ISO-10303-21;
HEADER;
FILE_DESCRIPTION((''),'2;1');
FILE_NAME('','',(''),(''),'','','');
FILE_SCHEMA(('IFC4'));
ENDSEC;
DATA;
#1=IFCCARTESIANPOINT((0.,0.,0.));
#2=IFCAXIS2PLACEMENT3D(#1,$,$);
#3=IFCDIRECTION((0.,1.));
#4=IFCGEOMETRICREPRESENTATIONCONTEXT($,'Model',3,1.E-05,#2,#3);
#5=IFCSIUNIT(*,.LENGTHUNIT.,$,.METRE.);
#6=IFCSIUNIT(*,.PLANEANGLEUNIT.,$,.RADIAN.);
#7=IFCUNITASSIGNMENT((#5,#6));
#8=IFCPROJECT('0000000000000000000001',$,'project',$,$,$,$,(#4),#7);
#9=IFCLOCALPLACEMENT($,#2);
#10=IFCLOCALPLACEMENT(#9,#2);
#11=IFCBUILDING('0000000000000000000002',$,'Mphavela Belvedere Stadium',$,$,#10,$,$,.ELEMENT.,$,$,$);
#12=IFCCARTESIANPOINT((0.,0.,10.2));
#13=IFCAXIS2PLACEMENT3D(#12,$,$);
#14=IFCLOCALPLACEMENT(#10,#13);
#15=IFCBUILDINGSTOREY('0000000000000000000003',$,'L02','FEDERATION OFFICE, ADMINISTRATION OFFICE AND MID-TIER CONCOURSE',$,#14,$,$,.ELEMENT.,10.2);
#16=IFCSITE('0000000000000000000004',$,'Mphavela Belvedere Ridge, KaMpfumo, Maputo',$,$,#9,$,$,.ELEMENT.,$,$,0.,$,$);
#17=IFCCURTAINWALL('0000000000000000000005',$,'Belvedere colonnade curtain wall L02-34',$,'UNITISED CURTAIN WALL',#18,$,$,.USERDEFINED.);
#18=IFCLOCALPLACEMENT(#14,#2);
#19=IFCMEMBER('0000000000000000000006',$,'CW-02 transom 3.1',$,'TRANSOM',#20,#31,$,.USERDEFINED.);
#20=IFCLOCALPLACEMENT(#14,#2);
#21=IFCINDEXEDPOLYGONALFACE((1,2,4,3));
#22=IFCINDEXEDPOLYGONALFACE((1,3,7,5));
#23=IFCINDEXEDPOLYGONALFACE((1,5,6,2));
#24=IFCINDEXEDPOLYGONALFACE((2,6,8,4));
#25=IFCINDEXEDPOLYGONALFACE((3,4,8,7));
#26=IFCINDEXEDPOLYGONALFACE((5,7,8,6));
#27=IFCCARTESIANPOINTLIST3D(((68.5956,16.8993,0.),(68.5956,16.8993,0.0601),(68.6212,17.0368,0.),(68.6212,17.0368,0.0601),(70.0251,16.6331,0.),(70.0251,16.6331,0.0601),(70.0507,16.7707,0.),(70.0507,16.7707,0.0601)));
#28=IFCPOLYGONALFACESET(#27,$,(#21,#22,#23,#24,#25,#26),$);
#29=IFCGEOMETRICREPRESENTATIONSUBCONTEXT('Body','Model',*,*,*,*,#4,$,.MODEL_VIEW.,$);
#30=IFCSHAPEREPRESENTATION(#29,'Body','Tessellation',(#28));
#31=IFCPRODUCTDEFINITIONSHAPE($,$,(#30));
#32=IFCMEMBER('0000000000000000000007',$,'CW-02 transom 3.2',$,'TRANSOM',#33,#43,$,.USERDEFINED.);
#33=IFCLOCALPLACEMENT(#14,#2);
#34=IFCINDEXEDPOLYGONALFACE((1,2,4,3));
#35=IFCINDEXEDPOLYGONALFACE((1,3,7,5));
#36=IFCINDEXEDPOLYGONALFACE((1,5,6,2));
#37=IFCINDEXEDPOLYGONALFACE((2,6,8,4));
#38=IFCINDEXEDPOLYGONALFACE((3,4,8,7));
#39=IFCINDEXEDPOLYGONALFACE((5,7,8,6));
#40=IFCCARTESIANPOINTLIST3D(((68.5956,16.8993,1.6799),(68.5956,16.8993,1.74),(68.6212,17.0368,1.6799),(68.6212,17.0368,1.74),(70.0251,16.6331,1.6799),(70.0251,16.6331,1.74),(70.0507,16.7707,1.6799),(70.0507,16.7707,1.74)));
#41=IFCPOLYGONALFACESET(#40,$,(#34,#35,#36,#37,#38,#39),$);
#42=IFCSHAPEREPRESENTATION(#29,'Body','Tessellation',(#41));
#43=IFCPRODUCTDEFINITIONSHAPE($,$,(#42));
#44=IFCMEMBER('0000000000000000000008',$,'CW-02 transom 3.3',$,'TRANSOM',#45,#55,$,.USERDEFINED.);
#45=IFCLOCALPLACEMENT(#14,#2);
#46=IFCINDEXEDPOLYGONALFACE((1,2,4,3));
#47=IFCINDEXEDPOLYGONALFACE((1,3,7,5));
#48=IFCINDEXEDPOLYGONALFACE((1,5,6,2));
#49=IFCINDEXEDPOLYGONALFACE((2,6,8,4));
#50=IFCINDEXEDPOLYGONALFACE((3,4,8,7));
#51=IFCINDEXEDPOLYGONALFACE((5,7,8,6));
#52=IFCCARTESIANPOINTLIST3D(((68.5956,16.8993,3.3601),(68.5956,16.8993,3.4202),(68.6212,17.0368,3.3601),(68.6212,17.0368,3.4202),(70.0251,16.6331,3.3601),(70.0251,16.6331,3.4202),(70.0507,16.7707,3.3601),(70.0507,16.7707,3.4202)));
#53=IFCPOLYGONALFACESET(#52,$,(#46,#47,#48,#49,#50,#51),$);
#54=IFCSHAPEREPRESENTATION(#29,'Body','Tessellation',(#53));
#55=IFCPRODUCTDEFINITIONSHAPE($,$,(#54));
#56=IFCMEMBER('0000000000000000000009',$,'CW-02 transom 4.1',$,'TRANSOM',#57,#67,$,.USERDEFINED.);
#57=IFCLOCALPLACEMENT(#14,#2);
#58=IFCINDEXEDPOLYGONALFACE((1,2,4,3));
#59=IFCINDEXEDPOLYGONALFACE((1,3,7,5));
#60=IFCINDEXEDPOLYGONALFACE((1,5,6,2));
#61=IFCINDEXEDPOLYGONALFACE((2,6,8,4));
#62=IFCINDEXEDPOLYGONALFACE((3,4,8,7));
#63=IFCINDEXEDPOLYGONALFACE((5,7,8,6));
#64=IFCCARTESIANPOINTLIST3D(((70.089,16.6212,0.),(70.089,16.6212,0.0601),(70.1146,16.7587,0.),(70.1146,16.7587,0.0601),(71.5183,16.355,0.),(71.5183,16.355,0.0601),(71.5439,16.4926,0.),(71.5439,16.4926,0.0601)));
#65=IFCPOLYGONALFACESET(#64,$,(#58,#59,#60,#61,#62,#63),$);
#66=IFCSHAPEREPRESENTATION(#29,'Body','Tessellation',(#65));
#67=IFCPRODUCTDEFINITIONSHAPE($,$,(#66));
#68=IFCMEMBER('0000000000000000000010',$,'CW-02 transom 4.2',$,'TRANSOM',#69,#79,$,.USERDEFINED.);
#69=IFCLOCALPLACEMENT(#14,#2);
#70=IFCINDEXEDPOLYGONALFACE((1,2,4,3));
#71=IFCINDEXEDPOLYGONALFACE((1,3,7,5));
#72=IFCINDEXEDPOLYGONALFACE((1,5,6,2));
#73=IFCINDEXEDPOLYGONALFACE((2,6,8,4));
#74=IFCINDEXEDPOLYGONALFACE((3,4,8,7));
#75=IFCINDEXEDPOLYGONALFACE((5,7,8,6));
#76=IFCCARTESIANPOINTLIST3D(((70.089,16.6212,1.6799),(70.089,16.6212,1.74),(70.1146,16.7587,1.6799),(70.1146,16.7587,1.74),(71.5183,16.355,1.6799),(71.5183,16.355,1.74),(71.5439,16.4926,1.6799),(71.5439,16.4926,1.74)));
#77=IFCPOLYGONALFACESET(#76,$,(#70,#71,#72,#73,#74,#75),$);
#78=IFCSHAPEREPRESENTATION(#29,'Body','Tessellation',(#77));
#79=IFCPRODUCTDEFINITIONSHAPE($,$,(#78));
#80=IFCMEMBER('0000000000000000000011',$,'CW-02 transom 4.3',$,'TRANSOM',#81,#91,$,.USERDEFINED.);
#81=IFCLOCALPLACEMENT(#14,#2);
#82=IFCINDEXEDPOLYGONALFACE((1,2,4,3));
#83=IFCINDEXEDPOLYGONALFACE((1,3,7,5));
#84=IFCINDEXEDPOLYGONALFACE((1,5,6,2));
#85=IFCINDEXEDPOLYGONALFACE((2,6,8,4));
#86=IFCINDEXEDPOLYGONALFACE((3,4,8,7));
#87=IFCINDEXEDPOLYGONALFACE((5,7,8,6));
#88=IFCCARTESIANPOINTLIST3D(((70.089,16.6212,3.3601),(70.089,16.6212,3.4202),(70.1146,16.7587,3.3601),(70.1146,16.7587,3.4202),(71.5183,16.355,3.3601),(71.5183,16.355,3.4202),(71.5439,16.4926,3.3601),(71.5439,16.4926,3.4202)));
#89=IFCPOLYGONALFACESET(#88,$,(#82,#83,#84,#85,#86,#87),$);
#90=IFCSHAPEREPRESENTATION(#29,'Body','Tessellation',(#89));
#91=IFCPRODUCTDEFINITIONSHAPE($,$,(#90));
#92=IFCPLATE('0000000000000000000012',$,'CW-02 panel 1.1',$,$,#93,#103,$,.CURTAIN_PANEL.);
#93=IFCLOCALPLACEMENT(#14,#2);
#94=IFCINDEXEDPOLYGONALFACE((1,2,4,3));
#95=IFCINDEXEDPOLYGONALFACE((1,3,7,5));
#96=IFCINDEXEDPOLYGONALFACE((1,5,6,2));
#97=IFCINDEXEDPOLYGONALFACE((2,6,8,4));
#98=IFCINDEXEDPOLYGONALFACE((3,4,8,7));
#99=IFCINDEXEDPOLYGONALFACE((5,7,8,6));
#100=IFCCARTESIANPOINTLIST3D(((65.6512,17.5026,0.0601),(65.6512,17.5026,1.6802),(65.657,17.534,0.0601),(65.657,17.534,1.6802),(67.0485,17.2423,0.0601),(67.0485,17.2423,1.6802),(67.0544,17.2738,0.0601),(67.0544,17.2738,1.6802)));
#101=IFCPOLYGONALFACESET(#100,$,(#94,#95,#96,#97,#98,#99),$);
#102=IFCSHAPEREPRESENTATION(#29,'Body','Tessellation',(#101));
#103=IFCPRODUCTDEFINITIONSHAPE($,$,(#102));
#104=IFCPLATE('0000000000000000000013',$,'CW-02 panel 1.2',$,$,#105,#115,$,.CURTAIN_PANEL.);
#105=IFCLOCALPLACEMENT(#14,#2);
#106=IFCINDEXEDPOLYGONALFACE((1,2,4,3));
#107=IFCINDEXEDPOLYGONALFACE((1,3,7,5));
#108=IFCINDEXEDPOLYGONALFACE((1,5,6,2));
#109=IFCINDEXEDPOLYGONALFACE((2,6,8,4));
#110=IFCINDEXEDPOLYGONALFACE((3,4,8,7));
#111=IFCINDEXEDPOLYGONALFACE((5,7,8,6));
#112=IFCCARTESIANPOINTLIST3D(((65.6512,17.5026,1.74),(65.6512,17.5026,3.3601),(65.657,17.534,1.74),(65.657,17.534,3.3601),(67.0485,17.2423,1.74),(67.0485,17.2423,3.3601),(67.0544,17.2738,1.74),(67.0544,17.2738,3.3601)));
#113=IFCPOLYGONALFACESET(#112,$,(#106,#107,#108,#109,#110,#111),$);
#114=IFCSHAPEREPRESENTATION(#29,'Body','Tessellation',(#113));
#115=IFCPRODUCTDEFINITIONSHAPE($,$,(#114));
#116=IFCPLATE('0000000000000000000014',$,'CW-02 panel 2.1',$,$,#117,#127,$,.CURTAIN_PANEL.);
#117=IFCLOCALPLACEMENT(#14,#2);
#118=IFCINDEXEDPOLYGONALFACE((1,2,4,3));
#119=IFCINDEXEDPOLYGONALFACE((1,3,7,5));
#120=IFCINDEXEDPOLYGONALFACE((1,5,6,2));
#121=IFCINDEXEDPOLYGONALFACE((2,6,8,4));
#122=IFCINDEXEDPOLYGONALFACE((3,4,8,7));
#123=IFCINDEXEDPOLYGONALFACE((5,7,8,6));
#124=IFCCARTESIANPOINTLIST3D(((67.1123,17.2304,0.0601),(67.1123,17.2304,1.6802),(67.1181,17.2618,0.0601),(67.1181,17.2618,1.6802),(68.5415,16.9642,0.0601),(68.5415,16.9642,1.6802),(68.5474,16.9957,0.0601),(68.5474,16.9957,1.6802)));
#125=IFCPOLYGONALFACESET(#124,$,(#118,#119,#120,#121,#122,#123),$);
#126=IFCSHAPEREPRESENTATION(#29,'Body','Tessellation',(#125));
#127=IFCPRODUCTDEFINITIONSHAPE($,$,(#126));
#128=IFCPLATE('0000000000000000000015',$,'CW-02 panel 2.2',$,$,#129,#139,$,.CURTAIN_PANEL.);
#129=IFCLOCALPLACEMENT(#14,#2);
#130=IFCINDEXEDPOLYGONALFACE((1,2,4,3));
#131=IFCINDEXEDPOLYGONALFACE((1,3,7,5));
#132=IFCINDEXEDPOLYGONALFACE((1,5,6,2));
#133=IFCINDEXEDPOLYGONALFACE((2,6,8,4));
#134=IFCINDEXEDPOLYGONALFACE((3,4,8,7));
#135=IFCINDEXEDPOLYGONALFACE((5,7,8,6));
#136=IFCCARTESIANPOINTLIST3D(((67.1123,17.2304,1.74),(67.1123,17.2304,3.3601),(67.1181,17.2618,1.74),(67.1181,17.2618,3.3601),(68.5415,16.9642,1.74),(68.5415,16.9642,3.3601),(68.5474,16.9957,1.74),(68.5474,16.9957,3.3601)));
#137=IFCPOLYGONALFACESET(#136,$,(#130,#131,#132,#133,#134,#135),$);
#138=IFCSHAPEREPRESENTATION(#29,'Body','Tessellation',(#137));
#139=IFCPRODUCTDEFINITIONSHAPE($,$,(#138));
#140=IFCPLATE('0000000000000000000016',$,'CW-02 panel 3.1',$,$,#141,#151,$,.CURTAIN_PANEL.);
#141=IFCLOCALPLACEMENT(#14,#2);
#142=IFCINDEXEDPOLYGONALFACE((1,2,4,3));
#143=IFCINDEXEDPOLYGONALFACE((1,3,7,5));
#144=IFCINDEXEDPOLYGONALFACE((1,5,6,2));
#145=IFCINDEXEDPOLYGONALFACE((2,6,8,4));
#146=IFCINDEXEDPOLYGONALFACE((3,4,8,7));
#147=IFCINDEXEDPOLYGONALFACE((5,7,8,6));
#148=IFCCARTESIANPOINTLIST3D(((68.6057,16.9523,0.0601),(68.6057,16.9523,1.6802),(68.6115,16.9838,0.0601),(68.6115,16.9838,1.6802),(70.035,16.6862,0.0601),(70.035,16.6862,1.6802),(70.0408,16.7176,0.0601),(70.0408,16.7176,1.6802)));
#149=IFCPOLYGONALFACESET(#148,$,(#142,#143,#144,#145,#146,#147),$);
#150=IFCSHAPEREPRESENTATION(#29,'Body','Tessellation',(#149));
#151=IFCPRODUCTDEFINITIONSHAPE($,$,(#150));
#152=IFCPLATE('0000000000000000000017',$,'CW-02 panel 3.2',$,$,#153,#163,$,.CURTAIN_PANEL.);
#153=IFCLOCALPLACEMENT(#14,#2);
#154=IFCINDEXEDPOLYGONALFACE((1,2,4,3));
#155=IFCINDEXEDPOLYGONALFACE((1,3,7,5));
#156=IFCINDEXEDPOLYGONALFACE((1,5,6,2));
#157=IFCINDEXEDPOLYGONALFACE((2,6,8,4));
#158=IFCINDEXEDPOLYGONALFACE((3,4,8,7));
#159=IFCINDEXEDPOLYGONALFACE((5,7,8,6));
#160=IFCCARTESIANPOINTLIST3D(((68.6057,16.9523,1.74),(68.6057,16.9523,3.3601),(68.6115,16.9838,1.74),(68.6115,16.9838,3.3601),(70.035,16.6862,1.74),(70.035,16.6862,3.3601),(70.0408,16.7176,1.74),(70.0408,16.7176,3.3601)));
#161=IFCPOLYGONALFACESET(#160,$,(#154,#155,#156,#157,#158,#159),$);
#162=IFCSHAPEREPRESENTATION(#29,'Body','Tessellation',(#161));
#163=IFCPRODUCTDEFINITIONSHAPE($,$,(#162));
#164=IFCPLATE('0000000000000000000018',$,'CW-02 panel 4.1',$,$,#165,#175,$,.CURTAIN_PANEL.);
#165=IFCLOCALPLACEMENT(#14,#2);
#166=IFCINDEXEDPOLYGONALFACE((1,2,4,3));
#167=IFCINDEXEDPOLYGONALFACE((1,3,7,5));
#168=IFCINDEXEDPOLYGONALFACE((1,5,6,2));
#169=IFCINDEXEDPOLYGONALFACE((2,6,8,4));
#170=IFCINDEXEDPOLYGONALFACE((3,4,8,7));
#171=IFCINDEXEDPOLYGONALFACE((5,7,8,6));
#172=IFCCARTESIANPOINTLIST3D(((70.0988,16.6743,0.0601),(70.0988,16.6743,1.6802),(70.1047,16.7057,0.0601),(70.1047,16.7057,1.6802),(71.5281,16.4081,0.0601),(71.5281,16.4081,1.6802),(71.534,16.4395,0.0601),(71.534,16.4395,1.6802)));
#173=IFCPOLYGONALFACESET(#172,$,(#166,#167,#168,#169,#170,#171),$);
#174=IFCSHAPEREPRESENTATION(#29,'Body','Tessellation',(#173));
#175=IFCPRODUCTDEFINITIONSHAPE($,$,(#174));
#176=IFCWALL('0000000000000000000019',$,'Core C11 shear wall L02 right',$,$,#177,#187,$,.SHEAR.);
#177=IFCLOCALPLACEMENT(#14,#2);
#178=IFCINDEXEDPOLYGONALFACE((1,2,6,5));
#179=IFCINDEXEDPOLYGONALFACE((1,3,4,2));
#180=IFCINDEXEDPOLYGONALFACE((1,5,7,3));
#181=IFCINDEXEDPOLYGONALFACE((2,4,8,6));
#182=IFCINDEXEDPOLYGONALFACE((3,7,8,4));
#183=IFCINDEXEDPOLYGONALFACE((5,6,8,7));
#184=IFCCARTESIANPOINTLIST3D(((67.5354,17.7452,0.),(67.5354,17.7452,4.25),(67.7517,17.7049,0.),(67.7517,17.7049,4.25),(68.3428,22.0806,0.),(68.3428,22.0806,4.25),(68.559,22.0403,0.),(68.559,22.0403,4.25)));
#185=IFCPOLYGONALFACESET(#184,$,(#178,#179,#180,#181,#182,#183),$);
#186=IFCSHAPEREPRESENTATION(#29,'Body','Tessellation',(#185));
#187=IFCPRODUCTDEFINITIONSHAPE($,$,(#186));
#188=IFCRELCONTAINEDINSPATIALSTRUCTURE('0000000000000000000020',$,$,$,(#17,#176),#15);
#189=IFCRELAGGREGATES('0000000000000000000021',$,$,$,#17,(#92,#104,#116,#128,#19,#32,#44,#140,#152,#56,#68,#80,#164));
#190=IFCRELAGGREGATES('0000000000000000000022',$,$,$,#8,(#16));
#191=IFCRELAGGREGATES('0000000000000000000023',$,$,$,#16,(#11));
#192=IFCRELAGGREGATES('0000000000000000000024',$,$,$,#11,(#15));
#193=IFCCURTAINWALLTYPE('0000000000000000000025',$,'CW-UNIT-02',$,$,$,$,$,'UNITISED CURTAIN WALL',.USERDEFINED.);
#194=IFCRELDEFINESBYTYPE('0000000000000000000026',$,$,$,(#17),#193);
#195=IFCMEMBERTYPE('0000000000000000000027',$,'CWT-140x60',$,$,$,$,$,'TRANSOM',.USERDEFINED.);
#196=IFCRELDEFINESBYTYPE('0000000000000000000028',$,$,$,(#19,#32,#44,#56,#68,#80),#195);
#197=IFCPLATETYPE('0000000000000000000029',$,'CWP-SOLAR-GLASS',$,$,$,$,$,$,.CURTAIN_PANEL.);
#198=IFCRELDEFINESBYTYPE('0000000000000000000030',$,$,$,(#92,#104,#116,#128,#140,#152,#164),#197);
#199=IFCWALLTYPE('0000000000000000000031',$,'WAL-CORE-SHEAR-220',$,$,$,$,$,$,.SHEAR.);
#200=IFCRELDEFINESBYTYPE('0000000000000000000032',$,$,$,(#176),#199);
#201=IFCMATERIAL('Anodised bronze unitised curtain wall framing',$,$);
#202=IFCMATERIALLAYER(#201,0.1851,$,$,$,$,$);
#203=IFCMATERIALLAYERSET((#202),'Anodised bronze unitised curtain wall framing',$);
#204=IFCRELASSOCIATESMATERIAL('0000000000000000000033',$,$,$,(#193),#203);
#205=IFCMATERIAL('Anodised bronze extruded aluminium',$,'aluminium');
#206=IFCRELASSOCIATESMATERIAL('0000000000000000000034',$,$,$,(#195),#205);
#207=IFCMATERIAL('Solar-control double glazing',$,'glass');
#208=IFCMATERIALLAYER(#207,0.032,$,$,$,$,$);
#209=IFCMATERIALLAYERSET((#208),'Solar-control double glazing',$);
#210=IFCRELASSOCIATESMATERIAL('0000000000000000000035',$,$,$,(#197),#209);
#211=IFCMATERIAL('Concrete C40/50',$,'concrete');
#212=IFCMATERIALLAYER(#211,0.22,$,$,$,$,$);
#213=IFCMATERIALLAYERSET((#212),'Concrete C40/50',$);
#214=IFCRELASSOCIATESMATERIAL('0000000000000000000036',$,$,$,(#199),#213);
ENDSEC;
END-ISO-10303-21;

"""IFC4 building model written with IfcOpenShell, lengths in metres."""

from ifc_helpers import new_model, si_unit, direction, frame, frame_2d, origin, origin_2d, place, context, subcontext, project, spatial, rectangle, extrude, material, layer, layer_set, material_profile, profile_set, type_object, element, aggregate, save


model = new_model("IFC4")

# Units and contexts
model_context = context("Model", 3, precision=1e-05, world=origin(), true_north=direction((0.0, 1.0)))
body_context = subcontext(model_context, "Body", "Model", "MODEL_VIEW")
ifc_project = project(units=[si_unit("LENGTHUNIT", "METRE"), si_unit("PLANEANGLEUNIT", "RADIAN")], contexts=[model_context])

# Site, building, storey
site_placement = place(None, origin())
site = spatial("IfcSite", under=ifc_project, at=site_placement, Name="Mphavela Belvedere Ridge, KaMpfumo, Maputo", CompositionType="ELEMENT", RefElevation=0.0)
building_placement = place(site_placement, origin())
building = spatial("IfcBuilding", under=site, at=building_placement, Name="Mphavela Belvedere Stadium", CompositionType="ELEMENT")
storey_placement = place(building_placement, frame((0.0, 0.0, 10.2)))
storey = spatial("IfcBuildingStorey", under=building, at=storey_placement, Name="L02", Description="FEDERATION OFFICE, ADMINISTRATION OFFICE AND MID-TIER CONCOURSE", CompositionType="ELEMENT", Elevation=10.2)

# Curtain wall, members, plates
ifc_material_1 = material(Name="Anodised bronze unitised curtain wall framing")
ifc_layer_1 = layer(ifc_material_1, 0.1851)
ifc_layer_set_1 = layer_set([ifc_layer_1], Name="Anodised bronze unitised curtain wall framing")
curtain_wall_type = type_object("IfcCurtainWallType", Name="CW-UNIT-02", ElementType="UNITISED CURTAIN WALL", PredefinedType="USERDEFINED", material=ifc_layer_set_1)
curtain_wall_placement = place(storey_placement, origin())
curtain_wall = element("IfcCurtainWall", 1, at=curtain_wall_placement, inside=storey, type_object=curtain_wall_type, Name="Belvedere colonnade curtain wall L02-34", ObjectType="UNITISED CURTAIN WALL", PredefinedType="USERDEFINED")
ifc_material_2 = material(Name="Anodised bronze extruded aluminium", Category="aluminium")
ifc_material_profile_1 = material_profile(ifc_material_2, rectangle(XDim=0.1399, YDim=0.0601, at=origin_2d()), Name="CW-TRN 140x60")
ifc_profile_set_1 = profile_set([ifc_material_profile_1], Name="Anodised bronze extruded aluminium")
member_type_1 = type_object("IfcMemberType", Name="CWT-140x60", ElementType="TRANSOM", PredefinedType="USERDEFINED", material=ifc_profile_set_1)
member_1_placement = place(storey_placement, frame((68.6084, 16.968, 0.03), z_axis=(0.983109, -0.183021, 0.0), x_axis=(0.183021, 0.983109, 0.0)))
member_1 = element("IfcMember", 2, at=member_1_placement, type_object=member_type_1, Name="CW-02 transom 3.1", ObjectType="TRANSOM", PredefinedType="USERDEFINED", context=body_context, shape_type="SweptSolid", body=[
    extrude(rectangle(XDim=0.1399, YDim=0.0601, at=origin_2d()), origin(), (0.0, 0.0, 1.0), 1.4541),
])
member_2_placement = place(storey_placement, frame((68.6084, 16.968, 1.71), z_axis=(0.983109, -0.183021, 0.0), x_axis=(0.183021, 0.983109, 0.0)))
member_2 = element("IfcMember", 3, at=member_2_placement, type_object=member_type_1, Name="CW-02 transom 3.2", ObjectType="TRANSOM", PredefinedType="USERDEFINED", context=body_context, shape_type="SweptSolid", body=[
    extrude(rectangle(XDim=0.1399, YDim=0.0601, at=origin_2d()), origin(), (0.0, 0.0, 1.0), 1.4541),
])
member_3_placement = place(storey_placement, frame((68.6084, 16.968, 3.3901), z_axis=(0.983109, -0.183021, 0.0), x_axis=(0.183021, 0.983109, 0.0)))
member_3 = element("IfcMember", 4, at=member_3_placement, type_object=member_type_1, Name="CW-02 transom 3.3", ObjectType="TRANSOM", PredefinedType="USERDEFINED", context=body_context, shape_type="SweptSolid", body=[
    extrude(rectangle(XDim=0.1399, YDim=0.0601, at=origin_2d()), origin(), (0.0, 0.0, 1.0), 1.4541),
])
member_4_placement = place(storey_placement, frame((70.1018, 16.6899, 0.03), z_axis=(0.983103, -0.183051, 0.0), x_axis=(0.183051, 0.983103, 0.0)))
member_4 = element("IfcMember", 5, at=member_4_placement, type_object=member_type_1, Name="CW-02 transom 4.1", ObjectType="TRANSOM", PredefinedType="USERDEFINED", context=body_context, shape_type="SweptSolid", body=[
    extrude(rectangle(XDim=0.1399, YDim=0.0601, at=origin_2d()), origin(), (0.0, 0.0, 1.0), 1.4539),
])
member_5_placement = place(storey_placement, frame((70.1018, 16.6899, 1.71), z_axis=(0.983103, -0.183051, 0.0), x_axis=(0.183051, 0.983103, 0.0)))
member_5 = element("IfcMember", 6, at=member_5_placement, type_object=member_type_1, Name="CW-02 transom 4.2", ObjectType="TRANSOM", PredefinedType="USERDEFINED", context=body_context, shape_type="SweptSolid", body=[
    extrude(rectangle(XDim=0.1399, YDim=0.0601, at=origin_2d()), origin(), (0.0, 0.0, 1.0), 1.4539),
])
member_6_placement = place(storey_placement, frame((70.1018, 16.6899, 3.3901), z_axis=(0.983103, -0.183051, 0.0), x_axis=(0.183051, 0.983103, 0.0)))
member_6 = element("IfcMember", 7, at=member_6_placement, type_object=member_type_1, Name="CW-02 transom 4.3", ObjectType="TRANSOM", PredefinedType="USERDEFINED", context=body_context, shape_type="SweptSolid", body=[
    extrude(rectangle(XDim=0.1399, YDim=0.0601, at=origin_2d()), origin(), (0.0, 0.0, 1.0), 1.4539),
])
ifc_material_3 = material(Name="Solar-control double glazing", Category="glass")
ifc_layer_2 = layer(ifc_material_3, 0.032)
ifc_layer_set_2 = layer_set([ifc_layer_2], Name="Solar-control double glazing")
plate_type = type_object("IfcPlateType", Name="CWP-SOLAR-GLASS", PredefinedType="CURTAIN_PANEL", material=ifc_layer_set_2)
plate_1_placement = place(storey_placement, frame((66.3528, 17.3882, 0.0601), z_axis=(0.0, 0.0, 1.0), x_axis=(0.983097, -0.183085, 0.0)))
plate_1 = element("IfcPlate", 8, at=plate_1_placement, type_object=plate_type, Name="CW-02 panel 1.1", PredefinedType="CURTAIN_PANEL", context=body_context, shape_type="SweptSolid", body=[
    extrude(rectangle(XDim=1.4214, YDim=0.032, at=origin_2d()), origin(), (0.0, 0.0, 1.0), 1.6201),
])
plate_2_placement = place(storey_placement, frame((66.3528, 17.3882, 1.74), z_axis=(0.0, 0.0, 1.0), x_axis=(0.983097, -0.183085, 0.0)))
plate_2 = element("IfcPlate", 9, at=plate_2_placement, type_object=plate_type, Name="CW-02 panel 1.2", PredefinedType="CURTAIN_PANEL", context=body_context, shape_type="SweptSolid", body=[
    extrude(rectangle(XDim=1.4214, YDim=0.032, at=origin_2d()), origin(), (0.0, 0.0, 1.0), 1.6201),
])
plate_3_placement = place(storey_placement, frame((67.8298, 17.113, 0.0601), z_axis=(0.0, 0.0, 1.0), x_axis=(0.983097, -0.183085, 0.0)))
plate_3 = element("IfcPlate", 10, at=plate_3_placement, type_object=plate_type, Name="CW-02 panel 2.1", PredefinedType="CURTAIN_PANEL", context=body_context, shape_type="SweptSolid", body=[
    extrude(rectangle(XDim=1.4539, YDim=0.032, at=origin_2d()), origin(), (0.0, 0.0, 1.0), 1.6201),
])
plate_4_placement = place(storey_placement, frame((67.8298, 17.113, 1.74), z_axis=(0.0, 0.0, 1.0), x_axis=(0.983097, -0.183085, 0.0)))
plate_4 = element("IfcPlate", 11, at=plate_4_placement, type_object=plate_type, Name="CW-02 panel 2.2", PredefinedType="CURTAIN_PANEL", context=body_context, shape_type="SweptSolid", body=[
    extrude(rectangle(XDim=1.4539, YDim=0.032, at=origin_2d()), origin(), (0.0, 0.0, 1.0), 1.6201),
])
plate_5_placement = place(storey_placement, frame((69.3232, 16.835, 0.0601), z_axis=(0.0, 0.0, 1.0), x_axis=(0.983097, -0.183085, 0.0)))
plate_5 = element("IfcPlate", 12, at=plate_5_placement, type_object=plate_type, Name="CW-02 panel 3.1", PredefinedType="CURTAIN_PANEL", context=body_context, shape_type="SweptSolid", body=[
    extrude(rectangle(XDim=1.4539, YDim=0.032, at=origin_2d()), origin(), (0.0, 0.0, 1.0), 1.6201),
])
plate_6_placement = place(storey_placement, frame((69.3232, 16.835, 1.74), z_axis=(0.0, 0.0, 1.0), x_axis=(0.983097, -0.183085, 0.0)))
plate_6 = element("IfcPlate", 13, at=plate_6_placement, type_object=plate_type, Name="CW-02 panel 3.2", PredefinedType="CURTAIN_PANEL", context=body_context, shape_type="SweptSolid", body=[
    extrude(rectangle(XDim=1.4539, YDim=0.032, at=origin_2d()), origin(), (0.0, 0.0, 1.0), 1.6201),
])
plate_7_placement = place(storey_placement, frame((70.8164, 16.5569, 0.0601), z_axis=(0.0, 0.0, 1.0), x_axis=(0.983097, -0.183085, 0.0)))
plate_7 = element("IfcPlate", 14, at=plate_7_placement, type_object=plate_type, Name="CW-02 panel 4.1", PredefinedType="CURTAIN_PANEL", context=body_context, shape_type="SweptSolid", body=[
    extrude(rectangle(XDim=1.4539, YDim=0.032, at=origin_2d()), origin(), (0.0, 0.0, 1.0), 1.6201),
])
aggregate(curtain_wall, [plate_1, plate_2, plate_3, plate_4, member_1, member_2, member_3, plate_5, plate_6, member_4, member_5, member_6, plate_7])

# Wall
ifc_material_4 = material(Name="Concrete C40/50", Category="concrete")
ifc_layer_3 = layer(ifc_material_4, 0.22)
ifc_layer_set_3 = layer_set([ifc_layer_3], Name="Concrete C40/50")
wall_type_1 = type_object("IfcWallType", Name="WAL-CORE-SHEAR-220", PredefinedType="SHEAR", material=ifc_layer_set_3)
wall_1_placement = place(storey_placement, frame((68.4509, 22.0605, 0.0), z_axis=(0.0, 0.0, 1.0), x_axis=(-0.183078, -0.983098, 0.0)))
element("IfcWall", 15, at=wall_1_placement, inside=storey, type_object=wall_type_1, Name="Core C11 shear wall L02 right", PredefinedType="SHEAR", context=body_context, shape_type="SweptSolid", body=[
    extrude(rectangle(XDim=4.4099, YDim=0.22, at=frame_2d((2.2051, 0.0))), origin(), (0.0, 0.0, 1.0), 4.25),
])

save(model, "model.ifc")
